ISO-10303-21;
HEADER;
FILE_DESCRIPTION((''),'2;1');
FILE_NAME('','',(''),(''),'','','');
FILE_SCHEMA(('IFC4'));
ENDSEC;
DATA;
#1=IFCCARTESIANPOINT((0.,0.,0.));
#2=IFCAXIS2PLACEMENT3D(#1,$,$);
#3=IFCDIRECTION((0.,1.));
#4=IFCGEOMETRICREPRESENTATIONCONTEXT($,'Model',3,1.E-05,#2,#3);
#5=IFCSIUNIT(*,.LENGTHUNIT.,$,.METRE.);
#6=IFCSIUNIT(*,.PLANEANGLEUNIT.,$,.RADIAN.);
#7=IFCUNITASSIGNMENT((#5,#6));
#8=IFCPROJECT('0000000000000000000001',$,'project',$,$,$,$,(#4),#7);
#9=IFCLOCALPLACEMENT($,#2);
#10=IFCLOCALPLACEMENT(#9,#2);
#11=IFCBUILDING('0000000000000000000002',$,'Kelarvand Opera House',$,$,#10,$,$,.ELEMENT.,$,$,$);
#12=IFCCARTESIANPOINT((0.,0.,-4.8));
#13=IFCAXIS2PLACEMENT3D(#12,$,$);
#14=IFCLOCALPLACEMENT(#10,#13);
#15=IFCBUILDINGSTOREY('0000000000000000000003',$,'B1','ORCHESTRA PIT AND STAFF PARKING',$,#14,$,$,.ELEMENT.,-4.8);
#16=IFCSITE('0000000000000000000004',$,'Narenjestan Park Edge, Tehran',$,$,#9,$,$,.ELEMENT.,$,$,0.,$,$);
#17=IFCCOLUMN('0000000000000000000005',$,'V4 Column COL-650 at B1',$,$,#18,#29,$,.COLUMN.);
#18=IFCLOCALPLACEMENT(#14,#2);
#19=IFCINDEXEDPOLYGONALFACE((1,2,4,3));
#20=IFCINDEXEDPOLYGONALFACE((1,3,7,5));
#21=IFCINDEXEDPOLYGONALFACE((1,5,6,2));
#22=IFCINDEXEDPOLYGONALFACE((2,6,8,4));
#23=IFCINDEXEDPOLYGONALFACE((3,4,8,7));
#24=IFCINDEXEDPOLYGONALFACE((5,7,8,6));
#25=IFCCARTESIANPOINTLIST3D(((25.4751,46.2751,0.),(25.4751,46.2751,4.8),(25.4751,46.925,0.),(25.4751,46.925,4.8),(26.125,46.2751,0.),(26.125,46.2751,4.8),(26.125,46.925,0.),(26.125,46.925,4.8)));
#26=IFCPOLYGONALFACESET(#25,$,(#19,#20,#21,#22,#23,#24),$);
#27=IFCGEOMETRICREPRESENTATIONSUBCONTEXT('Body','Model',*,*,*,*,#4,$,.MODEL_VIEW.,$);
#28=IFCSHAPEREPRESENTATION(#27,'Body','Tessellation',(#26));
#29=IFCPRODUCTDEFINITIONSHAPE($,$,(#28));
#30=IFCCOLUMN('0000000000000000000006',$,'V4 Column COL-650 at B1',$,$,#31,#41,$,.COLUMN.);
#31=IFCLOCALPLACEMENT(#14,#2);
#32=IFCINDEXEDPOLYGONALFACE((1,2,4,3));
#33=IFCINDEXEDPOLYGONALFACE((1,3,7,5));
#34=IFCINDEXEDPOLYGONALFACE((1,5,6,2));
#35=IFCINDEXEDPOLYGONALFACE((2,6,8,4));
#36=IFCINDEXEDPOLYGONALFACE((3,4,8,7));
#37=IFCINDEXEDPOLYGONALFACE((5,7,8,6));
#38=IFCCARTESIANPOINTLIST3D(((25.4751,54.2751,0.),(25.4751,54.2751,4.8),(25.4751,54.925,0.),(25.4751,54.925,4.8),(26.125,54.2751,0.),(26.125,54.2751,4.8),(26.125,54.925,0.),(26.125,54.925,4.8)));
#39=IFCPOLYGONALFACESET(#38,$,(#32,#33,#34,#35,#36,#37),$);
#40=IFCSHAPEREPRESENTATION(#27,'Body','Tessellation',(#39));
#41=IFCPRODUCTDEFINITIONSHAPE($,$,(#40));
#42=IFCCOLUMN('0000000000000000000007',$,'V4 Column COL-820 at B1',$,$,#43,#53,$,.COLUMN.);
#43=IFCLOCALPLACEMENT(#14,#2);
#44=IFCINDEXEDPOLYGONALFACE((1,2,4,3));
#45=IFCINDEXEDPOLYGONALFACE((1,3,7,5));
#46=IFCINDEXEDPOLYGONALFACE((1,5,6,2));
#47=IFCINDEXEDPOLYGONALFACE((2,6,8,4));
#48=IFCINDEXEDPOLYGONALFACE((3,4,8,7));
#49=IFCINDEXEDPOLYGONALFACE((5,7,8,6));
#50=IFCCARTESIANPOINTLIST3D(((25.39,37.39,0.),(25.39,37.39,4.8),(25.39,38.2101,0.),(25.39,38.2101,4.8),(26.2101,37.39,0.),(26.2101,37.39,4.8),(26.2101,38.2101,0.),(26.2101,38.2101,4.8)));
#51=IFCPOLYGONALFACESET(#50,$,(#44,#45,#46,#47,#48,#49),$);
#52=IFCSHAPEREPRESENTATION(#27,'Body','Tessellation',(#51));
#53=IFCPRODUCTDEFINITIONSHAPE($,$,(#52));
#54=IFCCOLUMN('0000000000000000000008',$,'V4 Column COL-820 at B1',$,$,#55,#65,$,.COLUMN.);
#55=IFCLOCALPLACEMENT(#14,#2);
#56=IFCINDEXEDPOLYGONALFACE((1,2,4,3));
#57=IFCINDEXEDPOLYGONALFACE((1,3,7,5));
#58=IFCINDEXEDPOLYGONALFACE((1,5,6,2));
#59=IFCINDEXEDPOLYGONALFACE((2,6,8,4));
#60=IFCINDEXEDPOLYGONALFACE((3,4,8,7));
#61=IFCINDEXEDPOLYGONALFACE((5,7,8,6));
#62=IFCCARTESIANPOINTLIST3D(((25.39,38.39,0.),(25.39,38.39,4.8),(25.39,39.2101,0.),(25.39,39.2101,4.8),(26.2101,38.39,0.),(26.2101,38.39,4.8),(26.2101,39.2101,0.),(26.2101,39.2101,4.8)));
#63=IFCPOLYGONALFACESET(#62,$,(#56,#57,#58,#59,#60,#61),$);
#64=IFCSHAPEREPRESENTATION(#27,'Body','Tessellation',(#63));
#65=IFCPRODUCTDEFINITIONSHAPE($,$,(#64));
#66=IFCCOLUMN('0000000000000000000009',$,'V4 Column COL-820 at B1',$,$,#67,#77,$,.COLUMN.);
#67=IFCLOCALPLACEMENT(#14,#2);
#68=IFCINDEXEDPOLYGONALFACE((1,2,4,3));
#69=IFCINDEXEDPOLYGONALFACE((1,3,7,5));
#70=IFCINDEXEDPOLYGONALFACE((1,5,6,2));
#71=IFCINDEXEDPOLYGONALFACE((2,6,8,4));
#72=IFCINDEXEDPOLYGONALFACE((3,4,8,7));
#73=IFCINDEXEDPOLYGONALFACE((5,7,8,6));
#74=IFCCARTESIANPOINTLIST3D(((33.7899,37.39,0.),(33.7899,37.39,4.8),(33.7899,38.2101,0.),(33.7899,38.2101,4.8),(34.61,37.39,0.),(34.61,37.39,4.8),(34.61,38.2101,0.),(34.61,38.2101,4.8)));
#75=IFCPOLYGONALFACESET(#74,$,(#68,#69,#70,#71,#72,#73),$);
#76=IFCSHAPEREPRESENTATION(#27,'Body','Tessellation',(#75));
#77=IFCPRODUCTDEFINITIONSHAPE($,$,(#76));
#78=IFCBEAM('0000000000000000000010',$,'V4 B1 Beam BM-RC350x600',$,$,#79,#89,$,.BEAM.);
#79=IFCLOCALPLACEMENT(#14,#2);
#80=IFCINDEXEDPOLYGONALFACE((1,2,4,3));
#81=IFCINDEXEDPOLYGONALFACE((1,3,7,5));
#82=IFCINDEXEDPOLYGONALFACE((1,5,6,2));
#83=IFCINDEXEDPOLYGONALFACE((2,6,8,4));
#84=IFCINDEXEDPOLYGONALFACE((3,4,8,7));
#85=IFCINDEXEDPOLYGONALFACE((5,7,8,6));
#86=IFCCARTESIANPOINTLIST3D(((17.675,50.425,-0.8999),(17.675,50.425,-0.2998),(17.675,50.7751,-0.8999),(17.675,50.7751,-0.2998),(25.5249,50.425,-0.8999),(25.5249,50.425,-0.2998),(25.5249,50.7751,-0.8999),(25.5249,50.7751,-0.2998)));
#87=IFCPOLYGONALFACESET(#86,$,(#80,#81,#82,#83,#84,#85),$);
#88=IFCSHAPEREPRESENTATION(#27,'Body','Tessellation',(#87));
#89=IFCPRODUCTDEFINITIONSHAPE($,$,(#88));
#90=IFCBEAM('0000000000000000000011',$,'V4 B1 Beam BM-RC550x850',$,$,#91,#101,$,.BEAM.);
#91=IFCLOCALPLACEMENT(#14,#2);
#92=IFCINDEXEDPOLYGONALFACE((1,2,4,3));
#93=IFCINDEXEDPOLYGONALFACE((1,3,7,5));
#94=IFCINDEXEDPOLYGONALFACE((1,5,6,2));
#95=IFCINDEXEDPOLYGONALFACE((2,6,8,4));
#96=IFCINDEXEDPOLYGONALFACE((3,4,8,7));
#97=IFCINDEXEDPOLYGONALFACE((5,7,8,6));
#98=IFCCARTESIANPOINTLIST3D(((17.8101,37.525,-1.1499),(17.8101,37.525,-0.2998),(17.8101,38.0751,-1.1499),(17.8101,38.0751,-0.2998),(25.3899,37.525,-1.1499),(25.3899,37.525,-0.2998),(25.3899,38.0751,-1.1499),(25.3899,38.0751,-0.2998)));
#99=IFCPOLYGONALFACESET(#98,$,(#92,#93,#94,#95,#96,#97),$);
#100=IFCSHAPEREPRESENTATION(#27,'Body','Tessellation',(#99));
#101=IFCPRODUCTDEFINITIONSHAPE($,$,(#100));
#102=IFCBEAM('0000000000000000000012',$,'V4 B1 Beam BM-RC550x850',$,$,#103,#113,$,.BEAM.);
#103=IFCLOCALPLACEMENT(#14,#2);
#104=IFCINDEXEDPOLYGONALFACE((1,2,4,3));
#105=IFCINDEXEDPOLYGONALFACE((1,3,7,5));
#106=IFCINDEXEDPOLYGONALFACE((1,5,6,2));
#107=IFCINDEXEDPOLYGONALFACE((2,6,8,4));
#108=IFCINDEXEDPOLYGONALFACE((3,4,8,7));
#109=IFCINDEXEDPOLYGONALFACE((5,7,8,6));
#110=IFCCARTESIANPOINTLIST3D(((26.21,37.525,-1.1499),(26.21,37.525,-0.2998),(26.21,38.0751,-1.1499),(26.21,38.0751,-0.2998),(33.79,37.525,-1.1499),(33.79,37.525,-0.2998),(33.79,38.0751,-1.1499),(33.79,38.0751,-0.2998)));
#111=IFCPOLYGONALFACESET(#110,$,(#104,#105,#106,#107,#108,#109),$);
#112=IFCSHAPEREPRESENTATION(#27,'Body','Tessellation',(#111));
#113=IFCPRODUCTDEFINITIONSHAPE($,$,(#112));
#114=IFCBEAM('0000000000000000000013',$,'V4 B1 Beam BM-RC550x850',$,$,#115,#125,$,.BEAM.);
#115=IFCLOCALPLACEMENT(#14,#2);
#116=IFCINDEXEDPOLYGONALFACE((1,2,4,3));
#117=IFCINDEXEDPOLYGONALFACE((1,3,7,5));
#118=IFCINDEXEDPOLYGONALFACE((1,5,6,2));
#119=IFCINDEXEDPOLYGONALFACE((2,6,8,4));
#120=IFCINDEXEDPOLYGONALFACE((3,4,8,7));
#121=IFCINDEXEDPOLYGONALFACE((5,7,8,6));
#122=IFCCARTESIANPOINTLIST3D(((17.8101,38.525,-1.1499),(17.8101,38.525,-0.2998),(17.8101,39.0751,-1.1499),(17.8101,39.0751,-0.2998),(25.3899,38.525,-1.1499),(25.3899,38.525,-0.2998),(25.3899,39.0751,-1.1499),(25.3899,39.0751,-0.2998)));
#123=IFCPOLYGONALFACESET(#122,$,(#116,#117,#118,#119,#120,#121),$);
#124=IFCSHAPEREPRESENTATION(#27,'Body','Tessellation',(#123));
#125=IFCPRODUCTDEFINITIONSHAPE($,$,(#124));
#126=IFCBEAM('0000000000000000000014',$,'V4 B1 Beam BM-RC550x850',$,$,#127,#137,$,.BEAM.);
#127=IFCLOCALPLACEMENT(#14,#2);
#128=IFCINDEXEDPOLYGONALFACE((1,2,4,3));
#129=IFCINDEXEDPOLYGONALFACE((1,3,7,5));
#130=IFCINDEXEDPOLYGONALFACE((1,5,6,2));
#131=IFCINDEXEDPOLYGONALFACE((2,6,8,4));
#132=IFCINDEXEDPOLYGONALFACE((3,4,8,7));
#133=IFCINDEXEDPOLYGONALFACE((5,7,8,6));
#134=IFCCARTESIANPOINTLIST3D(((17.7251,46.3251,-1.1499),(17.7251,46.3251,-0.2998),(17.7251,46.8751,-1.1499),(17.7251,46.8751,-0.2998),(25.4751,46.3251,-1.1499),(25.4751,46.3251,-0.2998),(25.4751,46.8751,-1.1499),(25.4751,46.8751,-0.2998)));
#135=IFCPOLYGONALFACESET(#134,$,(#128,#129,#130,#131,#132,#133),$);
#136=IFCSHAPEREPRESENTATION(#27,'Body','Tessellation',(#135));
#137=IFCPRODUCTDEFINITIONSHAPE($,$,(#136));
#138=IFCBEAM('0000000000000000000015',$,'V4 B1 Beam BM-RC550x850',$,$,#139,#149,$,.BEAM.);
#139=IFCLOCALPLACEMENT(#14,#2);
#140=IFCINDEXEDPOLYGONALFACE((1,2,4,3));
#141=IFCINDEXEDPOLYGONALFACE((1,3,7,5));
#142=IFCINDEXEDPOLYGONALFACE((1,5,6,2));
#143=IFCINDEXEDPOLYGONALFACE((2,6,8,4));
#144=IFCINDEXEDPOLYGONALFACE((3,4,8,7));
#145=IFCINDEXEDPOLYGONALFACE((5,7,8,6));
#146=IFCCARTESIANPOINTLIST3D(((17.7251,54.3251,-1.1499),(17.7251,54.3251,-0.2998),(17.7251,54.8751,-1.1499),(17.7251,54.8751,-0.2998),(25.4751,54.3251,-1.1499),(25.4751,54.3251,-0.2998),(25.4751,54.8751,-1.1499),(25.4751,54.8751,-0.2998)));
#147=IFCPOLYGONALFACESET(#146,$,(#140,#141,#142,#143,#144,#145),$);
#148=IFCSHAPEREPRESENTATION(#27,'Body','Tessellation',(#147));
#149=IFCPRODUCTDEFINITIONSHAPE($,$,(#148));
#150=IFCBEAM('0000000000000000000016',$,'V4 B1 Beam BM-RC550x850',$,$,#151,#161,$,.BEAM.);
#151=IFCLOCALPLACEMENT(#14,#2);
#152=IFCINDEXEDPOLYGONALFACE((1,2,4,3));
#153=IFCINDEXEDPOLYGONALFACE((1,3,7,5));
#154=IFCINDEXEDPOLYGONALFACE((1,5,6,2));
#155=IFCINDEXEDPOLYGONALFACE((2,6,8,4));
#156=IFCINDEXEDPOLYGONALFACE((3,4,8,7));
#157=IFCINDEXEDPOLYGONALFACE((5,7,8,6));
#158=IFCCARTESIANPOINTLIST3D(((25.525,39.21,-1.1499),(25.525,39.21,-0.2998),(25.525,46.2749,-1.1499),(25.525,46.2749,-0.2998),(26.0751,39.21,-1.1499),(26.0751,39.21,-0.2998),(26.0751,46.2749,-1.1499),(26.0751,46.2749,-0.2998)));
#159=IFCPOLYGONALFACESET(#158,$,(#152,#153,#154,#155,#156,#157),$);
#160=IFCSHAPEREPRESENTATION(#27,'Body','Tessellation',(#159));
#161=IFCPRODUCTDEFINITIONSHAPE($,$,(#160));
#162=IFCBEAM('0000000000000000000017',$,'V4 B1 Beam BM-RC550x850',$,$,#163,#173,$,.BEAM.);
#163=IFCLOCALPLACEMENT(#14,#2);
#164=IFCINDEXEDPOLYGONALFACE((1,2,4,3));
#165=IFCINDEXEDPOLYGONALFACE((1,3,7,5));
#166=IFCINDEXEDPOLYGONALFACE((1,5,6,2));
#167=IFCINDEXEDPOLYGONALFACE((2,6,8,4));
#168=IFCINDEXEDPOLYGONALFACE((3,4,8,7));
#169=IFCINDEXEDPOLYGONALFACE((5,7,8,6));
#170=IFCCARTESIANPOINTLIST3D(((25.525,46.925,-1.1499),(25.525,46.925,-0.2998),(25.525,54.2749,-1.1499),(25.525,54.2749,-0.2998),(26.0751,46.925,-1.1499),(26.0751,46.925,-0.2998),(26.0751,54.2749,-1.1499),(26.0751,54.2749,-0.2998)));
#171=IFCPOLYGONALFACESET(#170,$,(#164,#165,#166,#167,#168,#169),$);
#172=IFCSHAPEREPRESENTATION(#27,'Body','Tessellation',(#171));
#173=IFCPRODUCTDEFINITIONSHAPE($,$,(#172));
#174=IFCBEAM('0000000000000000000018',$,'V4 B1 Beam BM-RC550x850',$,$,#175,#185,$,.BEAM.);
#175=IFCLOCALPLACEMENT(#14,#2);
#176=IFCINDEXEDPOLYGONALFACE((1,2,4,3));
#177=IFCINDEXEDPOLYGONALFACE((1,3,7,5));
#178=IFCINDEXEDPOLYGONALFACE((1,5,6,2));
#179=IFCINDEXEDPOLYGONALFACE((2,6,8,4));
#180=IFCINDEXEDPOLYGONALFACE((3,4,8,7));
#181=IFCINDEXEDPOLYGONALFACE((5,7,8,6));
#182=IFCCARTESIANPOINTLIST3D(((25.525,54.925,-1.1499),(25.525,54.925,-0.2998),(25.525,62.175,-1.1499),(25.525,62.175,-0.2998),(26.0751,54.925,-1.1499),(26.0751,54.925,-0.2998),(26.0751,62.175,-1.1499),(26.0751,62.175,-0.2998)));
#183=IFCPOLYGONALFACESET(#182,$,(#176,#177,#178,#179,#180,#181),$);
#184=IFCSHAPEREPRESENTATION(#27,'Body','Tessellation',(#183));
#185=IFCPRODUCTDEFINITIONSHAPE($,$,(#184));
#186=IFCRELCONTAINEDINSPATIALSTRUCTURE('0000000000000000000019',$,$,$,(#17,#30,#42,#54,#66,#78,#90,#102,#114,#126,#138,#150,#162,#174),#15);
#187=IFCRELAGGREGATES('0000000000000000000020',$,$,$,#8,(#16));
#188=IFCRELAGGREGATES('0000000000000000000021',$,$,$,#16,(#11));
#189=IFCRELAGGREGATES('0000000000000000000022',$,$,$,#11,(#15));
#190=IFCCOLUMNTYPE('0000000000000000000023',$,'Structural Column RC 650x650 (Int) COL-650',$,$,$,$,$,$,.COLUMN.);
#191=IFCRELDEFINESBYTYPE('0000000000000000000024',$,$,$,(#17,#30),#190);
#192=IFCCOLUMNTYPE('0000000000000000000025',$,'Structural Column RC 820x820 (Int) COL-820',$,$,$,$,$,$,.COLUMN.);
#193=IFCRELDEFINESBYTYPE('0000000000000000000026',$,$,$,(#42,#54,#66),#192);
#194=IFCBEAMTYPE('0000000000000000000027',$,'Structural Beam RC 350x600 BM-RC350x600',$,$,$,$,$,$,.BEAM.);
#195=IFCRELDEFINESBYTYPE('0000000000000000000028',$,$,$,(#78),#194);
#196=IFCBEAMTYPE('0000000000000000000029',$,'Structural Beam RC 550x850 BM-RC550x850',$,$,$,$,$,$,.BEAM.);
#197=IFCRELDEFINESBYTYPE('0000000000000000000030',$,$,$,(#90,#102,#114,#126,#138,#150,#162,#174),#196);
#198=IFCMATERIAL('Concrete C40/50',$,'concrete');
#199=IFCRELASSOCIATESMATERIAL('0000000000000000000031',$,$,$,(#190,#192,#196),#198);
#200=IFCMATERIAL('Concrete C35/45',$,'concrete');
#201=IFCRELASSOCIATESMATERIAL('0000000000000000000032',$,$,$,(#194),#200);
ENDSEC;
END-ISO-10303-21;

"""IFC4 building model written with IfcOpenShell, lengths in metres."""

from ifc_helpers import new_model, si_unit, direction, frame, origin, origin_2d, place, context, subcontext, project, spatial, rectangle, extrude, material, material_profile, profile_set, type_object, element, save


model = new_model("IFC4")

# Units and contexts
model_context = context("Model", 3, precision=1e-05, world=origin(), true_north=direction((0.0, 1.0)))
body_context = subcontext(model_context, "Body", "Model", "MODEL_VIEW")
ifc_project = project(units=[si_unit("LENGTHUNIT", "METRE"), si_unit("PLANEANGLEUNIT", "RADIAN")], contexts=[model_context])

# Site, building, storey
site_placement = place(None, origin())
site = spatial("IfcSite", under=ifc_project, at=site_placement, Name="Narenjestan Park Edge, Tehran", CompositionType="ELEMENT", RefElevation=0.0)
building_placement = place(site_placement, origin())
building = spatial("IfcBuilding", under=site, at=building_placement, Name="Kelarvand Opera House", CompositionType="ELEMENT")
storey_placement = place(building_placement, frame((0.0, 0.0, -4.8)))
storey = spatial("IfcBuildingStorey", under=building, at=storey_placement, Name="B1", Description="ORCHESTRA PIT AND STAFF PARKING", CompositionType="ELEMENT", Elevation=-4.8)

# Columns
ifc_material_1 = material(Name="Concrete C40/50", Category="concrete")
ifc_material_profile_1 = material_profile(ifc_material_1, rectangle(XDim=0.6499, YDim=0.6499, at=origin_2d()), Name="RC 650x650", Category="concrete")
ifc_profile_set_1 = profile_set([ifc_material_profile_1], Name="Concrete C40/50")
column_type_1 = type_object("IfcColumnType", Name="Structural Column RC 650x650 (Int) COL-650", PredefinedType="COLUMN", material=ifc_profile_set_1)
for number, where, z_axis, x_axis, name in (
    (1, (25.8, 46.6001, 0.0), (0.0, 0.0, 1.0), (1.0, 0.0, 0.0), "V4 Column COL-650 at B1"),
    (2, (25.8, 54.6001, 0.0), (0.0, 0.0, 1.0), (1.0, 0.0, 0.0), "V4 Column COL-650 at B1"),
):
    element("IfcColumn", number, at=place(storey_placement, frame(where, z_axis=z_axis, x_axis=x_axis)), inside=storey, type_object=column_type_1, Name=name, PredefinedType="COLUMN", context=body_context, shape_type="SweptSolid", body=[
        extrude(rectangle(XDim=0.6499, YDim=0.6499, at=origin_2d()), origin(), (0.0, 0.0, 1.0), 4.8),
    ])
ifc_material_profile_2 = material_profile(ifc_material_1, rectangle(XDim=0.8201, YDim=0.8201, at=origin_2d()), Name="RC 820x820", Category="concrete")
ifc_profile_set_2 = profile_set([ifc_material_profile_2], Name="Concrete C40/50")
column_type_2 = type_object("IfcColumnType", Name="Structural Column RC 820x820 (Int) COL-820", PredefinedType="COLUMN", material=ifc_profile_set_2)
for number, where, z_axis, x_axis, name in (
    (3, (25.8, 37.8, 0.0), (0.0, 0.0, 1.0), (1.0, 0.0, 0.0), "V4 Column COL-820 at B1"),
    (4, (25.8, 38.8, 0.0), (0.0, 0.0, 1.0), (1.0, 0.0, 0.0), "V4 Column COL-820 at B1"),
    (5, (34.2, 37.8, 0.0), (0.0, 0.0, 1.0), (1.0, 0.0, 0.0), "V4 Column COL-820 at B1"),
):
    element("IfcColumn", number, at=place(storey_placement, frame(where, z_axis=z_axis, x_axis=x_axis)), inside=storey, type_object=column_type_2, Name=name, PredefinedType="COLUMN", context=body_context, shape_type="SweptSolid", body=[
        extrude(rectangle(XDim=0.8201, YDim=0.8201, at=origin_2d()), origin(), (0.0, 0.0, 1.0), 4.8),
    ])

# Beams
ifc_material_2 = material(Name="Concrete C35/45", Category="concrete")
ifc_material_profile_3 = material_profile(ifc_material_2, rectangle(XDim=0.3501, YDim=0.6001, at=origin_2d()), Name="RC 350x600", Category="concrete")
ifc_profile_set_3 = profile_set([ifc_material_profile_3], Name="Concrete C35/45")
beam_type_1 = type_object("IfcBeamType", Name="Structural Beam RC 350x600 BM-RC350x600", PredefinedType="BEAM", material=ifc_profile_set_3)
beam_1_placement = place(storey_placement, frame((17.675, 50.6001, -0.5999), z_axis=(1.0, 0.0, 0.0), x_axis=(0.0, 1.0, 0.0)))
element("IfcBeam", 6, at=beam_1_placement, inside=storey, type_object=beam_type_1, Name="V4 B1 Beam BM-RC350x600", PredefinedType="BEAM", context=body_context, shape_type="SweptSolid", body=[
    extrude(rectangle(XDim=0.3501, YDim=0.6001, at=origin_2d()), origin(), (0.0, 0.0, 1.0), 7.8499),
])
ifc_material_profile_4 = material_profile(ifc_material_1, rectangle(XDim=0.55, YDim=0.8501, at=origin_2d()), Name="RC 550x850", Category="concrete")
ifc_profile_set_4 = profile_set([ifc_material_profile_4], Name="Concrete C40/50")
beam_type_2 = type_object("IfcBeamType", Name="Structural Beam RC 550x850 BM-RC550x850", PredefinedType="BEAM", material=ifc_profile_set_4)
beam_2_placement = place(storey_placement, frame((17.8101, 37.8, -0.7249), z_axis=(1.0, 0.0, 0.0), x_axis=(0.0, 1.0, 0.0)))
element("IfcBeam", 7, at=beam_2_placement, inside=storey, type_object=beam_type_2, Name="V4 B1 Beam BM-RC550x850", PredefinedType="BEAM", context=body_context, shape_type="SweptSolid", body=[
    extrude(rectangle(XDim=0.55, YDim=0.8501, at=origin_2d()), origin(), (0.0, 0.0, 1.0), 7.5798),
])
beam_3_placement = place(storey_placement, frame((26.21, 37.8, -0.7249), z_axis=(1.0, 0.0, 0.0), x_axis=(0.0, 1.0, 0.0)))
element("IfcBeam", 8, at=beam_3_placement, inside=storey, type_object=beam_type_2, Name="V4 B1 Beam BM-RC550x850", PredefinedType="BEAM", context=body_context, shape_type="SweptSolid", body=[
    extrude(rectangle(XDim=0.55, YDim=0.8501, at=origin_2d()), origin(), (0.0, 0.0, 1.0), 7.5801),
])
beam_4_placement = place(storey_placement, frame((17.8101, 38.8, -0.7249), z_axis=(1.0, 0.0, 0.0), x_axis=(0.0, 1.0, 0.0)))
element("IfcBeam", 9, at=beam_4_placement, inside=storey, type_object=beam_type_2, Name="V4 B1 Beam BM-RC550x850", PredefinedType="BEAM", context=body_context, shape_type="SweptSolid", body=[
    extrude(rectangle(XDim=0.55, YDim=0.8501, at=origin_2d()), origin(), (0.0, 0.0, 1.0), 7.5798),
])
for number, where, z_axis, x_axis, name in (
    (10, (17.7251, 46.6001, -0.7249), (1.0, 0.0, 0.0), (0.0, 1.0, 0.0), "V4 B1 Beam BM-RC550x850"),
    (11, (17.7251, 54.6001, -0.7249), (1.0, 0.0, 0.0), (0.0, 1.0, 0.0), "V4 B1 Beam BM-RC550x850"),
):
    element("IfcBeam", number, at=place(storey_placement, frame(where, z_axis=z_axis, x_axis=x_axis)), inside=storey, type_object=beam_type_2, Name=name, PredefinedType="BEAM", context=body_context, shape_type="SweptSolid", body=[
        extrude(rectangle(XDim=0.55, YDim=0.8501, at=origin_2d()), origin(), (0.0, 0.0, 1.0), 7.75),
    ])
beam_5_placement = place(storey_placement, frame((25.8, 39.21, -0.7249), z_axis=(0.0, 1.0, 0.0), x_axis=(-1.0, 0.0, 0.0)))
element("IfcBeam", 12, at=beam_5_placement, inside=storey, type_object=beam_type_2, Name="V4 B1 Beam BM-RC550x850", PredefinedType="BEAM", context=body_context, shape_type="SweptSolid", body=[
    extrude(rectangle(XDim=0.55, YDim=0.8501, at=origin_2d()), origin(), (0.0, 0.0, 1.0), 7.0649),
])
beam_6_placement = place(storey_placement, frame((25.8, 46.925, -0.7249), z_axis=(0.0, 1.0, 0.0), x_axis=(-1.0, 0.0, 0.0)))
element("IfcBeam", 13, at=beam_6_placement, inside=storey, type_object=beam_type_2, Name="V4 B1 Beam BM-RC550x850", PredefinedType="BEAM", context=body_context, shape_type="SweptSolid", body=[
    extrude(rectangle(XDim=0.55, YDim=0.8501, at=origin_2d()), origin(), (0.0, 0.0, 1.0), 7.3499),
])
beam_7_placement = place(storey_placement, frame((25.8, 54.925, -0.7249), z_axis=(0.0, 1.0, 0.0), x_axis=(-1.0, 0.0, 0.0)))
element("IfcBeam", 14, at=beam_7_placement, inside=storey, type_object=beam_type_2, Name="V4 B1 Beam BM-RC550x850", PredefinedType="BEAM", context=body_context, shape_type="SweptSolid", body=[
    extrude(rectangle(XDim=0.55, YDim=0.8501, at=origin_2d()), origin(), (0.0, 0.0, 1.0), 7.25),
])

save(model, "model.ifc")
